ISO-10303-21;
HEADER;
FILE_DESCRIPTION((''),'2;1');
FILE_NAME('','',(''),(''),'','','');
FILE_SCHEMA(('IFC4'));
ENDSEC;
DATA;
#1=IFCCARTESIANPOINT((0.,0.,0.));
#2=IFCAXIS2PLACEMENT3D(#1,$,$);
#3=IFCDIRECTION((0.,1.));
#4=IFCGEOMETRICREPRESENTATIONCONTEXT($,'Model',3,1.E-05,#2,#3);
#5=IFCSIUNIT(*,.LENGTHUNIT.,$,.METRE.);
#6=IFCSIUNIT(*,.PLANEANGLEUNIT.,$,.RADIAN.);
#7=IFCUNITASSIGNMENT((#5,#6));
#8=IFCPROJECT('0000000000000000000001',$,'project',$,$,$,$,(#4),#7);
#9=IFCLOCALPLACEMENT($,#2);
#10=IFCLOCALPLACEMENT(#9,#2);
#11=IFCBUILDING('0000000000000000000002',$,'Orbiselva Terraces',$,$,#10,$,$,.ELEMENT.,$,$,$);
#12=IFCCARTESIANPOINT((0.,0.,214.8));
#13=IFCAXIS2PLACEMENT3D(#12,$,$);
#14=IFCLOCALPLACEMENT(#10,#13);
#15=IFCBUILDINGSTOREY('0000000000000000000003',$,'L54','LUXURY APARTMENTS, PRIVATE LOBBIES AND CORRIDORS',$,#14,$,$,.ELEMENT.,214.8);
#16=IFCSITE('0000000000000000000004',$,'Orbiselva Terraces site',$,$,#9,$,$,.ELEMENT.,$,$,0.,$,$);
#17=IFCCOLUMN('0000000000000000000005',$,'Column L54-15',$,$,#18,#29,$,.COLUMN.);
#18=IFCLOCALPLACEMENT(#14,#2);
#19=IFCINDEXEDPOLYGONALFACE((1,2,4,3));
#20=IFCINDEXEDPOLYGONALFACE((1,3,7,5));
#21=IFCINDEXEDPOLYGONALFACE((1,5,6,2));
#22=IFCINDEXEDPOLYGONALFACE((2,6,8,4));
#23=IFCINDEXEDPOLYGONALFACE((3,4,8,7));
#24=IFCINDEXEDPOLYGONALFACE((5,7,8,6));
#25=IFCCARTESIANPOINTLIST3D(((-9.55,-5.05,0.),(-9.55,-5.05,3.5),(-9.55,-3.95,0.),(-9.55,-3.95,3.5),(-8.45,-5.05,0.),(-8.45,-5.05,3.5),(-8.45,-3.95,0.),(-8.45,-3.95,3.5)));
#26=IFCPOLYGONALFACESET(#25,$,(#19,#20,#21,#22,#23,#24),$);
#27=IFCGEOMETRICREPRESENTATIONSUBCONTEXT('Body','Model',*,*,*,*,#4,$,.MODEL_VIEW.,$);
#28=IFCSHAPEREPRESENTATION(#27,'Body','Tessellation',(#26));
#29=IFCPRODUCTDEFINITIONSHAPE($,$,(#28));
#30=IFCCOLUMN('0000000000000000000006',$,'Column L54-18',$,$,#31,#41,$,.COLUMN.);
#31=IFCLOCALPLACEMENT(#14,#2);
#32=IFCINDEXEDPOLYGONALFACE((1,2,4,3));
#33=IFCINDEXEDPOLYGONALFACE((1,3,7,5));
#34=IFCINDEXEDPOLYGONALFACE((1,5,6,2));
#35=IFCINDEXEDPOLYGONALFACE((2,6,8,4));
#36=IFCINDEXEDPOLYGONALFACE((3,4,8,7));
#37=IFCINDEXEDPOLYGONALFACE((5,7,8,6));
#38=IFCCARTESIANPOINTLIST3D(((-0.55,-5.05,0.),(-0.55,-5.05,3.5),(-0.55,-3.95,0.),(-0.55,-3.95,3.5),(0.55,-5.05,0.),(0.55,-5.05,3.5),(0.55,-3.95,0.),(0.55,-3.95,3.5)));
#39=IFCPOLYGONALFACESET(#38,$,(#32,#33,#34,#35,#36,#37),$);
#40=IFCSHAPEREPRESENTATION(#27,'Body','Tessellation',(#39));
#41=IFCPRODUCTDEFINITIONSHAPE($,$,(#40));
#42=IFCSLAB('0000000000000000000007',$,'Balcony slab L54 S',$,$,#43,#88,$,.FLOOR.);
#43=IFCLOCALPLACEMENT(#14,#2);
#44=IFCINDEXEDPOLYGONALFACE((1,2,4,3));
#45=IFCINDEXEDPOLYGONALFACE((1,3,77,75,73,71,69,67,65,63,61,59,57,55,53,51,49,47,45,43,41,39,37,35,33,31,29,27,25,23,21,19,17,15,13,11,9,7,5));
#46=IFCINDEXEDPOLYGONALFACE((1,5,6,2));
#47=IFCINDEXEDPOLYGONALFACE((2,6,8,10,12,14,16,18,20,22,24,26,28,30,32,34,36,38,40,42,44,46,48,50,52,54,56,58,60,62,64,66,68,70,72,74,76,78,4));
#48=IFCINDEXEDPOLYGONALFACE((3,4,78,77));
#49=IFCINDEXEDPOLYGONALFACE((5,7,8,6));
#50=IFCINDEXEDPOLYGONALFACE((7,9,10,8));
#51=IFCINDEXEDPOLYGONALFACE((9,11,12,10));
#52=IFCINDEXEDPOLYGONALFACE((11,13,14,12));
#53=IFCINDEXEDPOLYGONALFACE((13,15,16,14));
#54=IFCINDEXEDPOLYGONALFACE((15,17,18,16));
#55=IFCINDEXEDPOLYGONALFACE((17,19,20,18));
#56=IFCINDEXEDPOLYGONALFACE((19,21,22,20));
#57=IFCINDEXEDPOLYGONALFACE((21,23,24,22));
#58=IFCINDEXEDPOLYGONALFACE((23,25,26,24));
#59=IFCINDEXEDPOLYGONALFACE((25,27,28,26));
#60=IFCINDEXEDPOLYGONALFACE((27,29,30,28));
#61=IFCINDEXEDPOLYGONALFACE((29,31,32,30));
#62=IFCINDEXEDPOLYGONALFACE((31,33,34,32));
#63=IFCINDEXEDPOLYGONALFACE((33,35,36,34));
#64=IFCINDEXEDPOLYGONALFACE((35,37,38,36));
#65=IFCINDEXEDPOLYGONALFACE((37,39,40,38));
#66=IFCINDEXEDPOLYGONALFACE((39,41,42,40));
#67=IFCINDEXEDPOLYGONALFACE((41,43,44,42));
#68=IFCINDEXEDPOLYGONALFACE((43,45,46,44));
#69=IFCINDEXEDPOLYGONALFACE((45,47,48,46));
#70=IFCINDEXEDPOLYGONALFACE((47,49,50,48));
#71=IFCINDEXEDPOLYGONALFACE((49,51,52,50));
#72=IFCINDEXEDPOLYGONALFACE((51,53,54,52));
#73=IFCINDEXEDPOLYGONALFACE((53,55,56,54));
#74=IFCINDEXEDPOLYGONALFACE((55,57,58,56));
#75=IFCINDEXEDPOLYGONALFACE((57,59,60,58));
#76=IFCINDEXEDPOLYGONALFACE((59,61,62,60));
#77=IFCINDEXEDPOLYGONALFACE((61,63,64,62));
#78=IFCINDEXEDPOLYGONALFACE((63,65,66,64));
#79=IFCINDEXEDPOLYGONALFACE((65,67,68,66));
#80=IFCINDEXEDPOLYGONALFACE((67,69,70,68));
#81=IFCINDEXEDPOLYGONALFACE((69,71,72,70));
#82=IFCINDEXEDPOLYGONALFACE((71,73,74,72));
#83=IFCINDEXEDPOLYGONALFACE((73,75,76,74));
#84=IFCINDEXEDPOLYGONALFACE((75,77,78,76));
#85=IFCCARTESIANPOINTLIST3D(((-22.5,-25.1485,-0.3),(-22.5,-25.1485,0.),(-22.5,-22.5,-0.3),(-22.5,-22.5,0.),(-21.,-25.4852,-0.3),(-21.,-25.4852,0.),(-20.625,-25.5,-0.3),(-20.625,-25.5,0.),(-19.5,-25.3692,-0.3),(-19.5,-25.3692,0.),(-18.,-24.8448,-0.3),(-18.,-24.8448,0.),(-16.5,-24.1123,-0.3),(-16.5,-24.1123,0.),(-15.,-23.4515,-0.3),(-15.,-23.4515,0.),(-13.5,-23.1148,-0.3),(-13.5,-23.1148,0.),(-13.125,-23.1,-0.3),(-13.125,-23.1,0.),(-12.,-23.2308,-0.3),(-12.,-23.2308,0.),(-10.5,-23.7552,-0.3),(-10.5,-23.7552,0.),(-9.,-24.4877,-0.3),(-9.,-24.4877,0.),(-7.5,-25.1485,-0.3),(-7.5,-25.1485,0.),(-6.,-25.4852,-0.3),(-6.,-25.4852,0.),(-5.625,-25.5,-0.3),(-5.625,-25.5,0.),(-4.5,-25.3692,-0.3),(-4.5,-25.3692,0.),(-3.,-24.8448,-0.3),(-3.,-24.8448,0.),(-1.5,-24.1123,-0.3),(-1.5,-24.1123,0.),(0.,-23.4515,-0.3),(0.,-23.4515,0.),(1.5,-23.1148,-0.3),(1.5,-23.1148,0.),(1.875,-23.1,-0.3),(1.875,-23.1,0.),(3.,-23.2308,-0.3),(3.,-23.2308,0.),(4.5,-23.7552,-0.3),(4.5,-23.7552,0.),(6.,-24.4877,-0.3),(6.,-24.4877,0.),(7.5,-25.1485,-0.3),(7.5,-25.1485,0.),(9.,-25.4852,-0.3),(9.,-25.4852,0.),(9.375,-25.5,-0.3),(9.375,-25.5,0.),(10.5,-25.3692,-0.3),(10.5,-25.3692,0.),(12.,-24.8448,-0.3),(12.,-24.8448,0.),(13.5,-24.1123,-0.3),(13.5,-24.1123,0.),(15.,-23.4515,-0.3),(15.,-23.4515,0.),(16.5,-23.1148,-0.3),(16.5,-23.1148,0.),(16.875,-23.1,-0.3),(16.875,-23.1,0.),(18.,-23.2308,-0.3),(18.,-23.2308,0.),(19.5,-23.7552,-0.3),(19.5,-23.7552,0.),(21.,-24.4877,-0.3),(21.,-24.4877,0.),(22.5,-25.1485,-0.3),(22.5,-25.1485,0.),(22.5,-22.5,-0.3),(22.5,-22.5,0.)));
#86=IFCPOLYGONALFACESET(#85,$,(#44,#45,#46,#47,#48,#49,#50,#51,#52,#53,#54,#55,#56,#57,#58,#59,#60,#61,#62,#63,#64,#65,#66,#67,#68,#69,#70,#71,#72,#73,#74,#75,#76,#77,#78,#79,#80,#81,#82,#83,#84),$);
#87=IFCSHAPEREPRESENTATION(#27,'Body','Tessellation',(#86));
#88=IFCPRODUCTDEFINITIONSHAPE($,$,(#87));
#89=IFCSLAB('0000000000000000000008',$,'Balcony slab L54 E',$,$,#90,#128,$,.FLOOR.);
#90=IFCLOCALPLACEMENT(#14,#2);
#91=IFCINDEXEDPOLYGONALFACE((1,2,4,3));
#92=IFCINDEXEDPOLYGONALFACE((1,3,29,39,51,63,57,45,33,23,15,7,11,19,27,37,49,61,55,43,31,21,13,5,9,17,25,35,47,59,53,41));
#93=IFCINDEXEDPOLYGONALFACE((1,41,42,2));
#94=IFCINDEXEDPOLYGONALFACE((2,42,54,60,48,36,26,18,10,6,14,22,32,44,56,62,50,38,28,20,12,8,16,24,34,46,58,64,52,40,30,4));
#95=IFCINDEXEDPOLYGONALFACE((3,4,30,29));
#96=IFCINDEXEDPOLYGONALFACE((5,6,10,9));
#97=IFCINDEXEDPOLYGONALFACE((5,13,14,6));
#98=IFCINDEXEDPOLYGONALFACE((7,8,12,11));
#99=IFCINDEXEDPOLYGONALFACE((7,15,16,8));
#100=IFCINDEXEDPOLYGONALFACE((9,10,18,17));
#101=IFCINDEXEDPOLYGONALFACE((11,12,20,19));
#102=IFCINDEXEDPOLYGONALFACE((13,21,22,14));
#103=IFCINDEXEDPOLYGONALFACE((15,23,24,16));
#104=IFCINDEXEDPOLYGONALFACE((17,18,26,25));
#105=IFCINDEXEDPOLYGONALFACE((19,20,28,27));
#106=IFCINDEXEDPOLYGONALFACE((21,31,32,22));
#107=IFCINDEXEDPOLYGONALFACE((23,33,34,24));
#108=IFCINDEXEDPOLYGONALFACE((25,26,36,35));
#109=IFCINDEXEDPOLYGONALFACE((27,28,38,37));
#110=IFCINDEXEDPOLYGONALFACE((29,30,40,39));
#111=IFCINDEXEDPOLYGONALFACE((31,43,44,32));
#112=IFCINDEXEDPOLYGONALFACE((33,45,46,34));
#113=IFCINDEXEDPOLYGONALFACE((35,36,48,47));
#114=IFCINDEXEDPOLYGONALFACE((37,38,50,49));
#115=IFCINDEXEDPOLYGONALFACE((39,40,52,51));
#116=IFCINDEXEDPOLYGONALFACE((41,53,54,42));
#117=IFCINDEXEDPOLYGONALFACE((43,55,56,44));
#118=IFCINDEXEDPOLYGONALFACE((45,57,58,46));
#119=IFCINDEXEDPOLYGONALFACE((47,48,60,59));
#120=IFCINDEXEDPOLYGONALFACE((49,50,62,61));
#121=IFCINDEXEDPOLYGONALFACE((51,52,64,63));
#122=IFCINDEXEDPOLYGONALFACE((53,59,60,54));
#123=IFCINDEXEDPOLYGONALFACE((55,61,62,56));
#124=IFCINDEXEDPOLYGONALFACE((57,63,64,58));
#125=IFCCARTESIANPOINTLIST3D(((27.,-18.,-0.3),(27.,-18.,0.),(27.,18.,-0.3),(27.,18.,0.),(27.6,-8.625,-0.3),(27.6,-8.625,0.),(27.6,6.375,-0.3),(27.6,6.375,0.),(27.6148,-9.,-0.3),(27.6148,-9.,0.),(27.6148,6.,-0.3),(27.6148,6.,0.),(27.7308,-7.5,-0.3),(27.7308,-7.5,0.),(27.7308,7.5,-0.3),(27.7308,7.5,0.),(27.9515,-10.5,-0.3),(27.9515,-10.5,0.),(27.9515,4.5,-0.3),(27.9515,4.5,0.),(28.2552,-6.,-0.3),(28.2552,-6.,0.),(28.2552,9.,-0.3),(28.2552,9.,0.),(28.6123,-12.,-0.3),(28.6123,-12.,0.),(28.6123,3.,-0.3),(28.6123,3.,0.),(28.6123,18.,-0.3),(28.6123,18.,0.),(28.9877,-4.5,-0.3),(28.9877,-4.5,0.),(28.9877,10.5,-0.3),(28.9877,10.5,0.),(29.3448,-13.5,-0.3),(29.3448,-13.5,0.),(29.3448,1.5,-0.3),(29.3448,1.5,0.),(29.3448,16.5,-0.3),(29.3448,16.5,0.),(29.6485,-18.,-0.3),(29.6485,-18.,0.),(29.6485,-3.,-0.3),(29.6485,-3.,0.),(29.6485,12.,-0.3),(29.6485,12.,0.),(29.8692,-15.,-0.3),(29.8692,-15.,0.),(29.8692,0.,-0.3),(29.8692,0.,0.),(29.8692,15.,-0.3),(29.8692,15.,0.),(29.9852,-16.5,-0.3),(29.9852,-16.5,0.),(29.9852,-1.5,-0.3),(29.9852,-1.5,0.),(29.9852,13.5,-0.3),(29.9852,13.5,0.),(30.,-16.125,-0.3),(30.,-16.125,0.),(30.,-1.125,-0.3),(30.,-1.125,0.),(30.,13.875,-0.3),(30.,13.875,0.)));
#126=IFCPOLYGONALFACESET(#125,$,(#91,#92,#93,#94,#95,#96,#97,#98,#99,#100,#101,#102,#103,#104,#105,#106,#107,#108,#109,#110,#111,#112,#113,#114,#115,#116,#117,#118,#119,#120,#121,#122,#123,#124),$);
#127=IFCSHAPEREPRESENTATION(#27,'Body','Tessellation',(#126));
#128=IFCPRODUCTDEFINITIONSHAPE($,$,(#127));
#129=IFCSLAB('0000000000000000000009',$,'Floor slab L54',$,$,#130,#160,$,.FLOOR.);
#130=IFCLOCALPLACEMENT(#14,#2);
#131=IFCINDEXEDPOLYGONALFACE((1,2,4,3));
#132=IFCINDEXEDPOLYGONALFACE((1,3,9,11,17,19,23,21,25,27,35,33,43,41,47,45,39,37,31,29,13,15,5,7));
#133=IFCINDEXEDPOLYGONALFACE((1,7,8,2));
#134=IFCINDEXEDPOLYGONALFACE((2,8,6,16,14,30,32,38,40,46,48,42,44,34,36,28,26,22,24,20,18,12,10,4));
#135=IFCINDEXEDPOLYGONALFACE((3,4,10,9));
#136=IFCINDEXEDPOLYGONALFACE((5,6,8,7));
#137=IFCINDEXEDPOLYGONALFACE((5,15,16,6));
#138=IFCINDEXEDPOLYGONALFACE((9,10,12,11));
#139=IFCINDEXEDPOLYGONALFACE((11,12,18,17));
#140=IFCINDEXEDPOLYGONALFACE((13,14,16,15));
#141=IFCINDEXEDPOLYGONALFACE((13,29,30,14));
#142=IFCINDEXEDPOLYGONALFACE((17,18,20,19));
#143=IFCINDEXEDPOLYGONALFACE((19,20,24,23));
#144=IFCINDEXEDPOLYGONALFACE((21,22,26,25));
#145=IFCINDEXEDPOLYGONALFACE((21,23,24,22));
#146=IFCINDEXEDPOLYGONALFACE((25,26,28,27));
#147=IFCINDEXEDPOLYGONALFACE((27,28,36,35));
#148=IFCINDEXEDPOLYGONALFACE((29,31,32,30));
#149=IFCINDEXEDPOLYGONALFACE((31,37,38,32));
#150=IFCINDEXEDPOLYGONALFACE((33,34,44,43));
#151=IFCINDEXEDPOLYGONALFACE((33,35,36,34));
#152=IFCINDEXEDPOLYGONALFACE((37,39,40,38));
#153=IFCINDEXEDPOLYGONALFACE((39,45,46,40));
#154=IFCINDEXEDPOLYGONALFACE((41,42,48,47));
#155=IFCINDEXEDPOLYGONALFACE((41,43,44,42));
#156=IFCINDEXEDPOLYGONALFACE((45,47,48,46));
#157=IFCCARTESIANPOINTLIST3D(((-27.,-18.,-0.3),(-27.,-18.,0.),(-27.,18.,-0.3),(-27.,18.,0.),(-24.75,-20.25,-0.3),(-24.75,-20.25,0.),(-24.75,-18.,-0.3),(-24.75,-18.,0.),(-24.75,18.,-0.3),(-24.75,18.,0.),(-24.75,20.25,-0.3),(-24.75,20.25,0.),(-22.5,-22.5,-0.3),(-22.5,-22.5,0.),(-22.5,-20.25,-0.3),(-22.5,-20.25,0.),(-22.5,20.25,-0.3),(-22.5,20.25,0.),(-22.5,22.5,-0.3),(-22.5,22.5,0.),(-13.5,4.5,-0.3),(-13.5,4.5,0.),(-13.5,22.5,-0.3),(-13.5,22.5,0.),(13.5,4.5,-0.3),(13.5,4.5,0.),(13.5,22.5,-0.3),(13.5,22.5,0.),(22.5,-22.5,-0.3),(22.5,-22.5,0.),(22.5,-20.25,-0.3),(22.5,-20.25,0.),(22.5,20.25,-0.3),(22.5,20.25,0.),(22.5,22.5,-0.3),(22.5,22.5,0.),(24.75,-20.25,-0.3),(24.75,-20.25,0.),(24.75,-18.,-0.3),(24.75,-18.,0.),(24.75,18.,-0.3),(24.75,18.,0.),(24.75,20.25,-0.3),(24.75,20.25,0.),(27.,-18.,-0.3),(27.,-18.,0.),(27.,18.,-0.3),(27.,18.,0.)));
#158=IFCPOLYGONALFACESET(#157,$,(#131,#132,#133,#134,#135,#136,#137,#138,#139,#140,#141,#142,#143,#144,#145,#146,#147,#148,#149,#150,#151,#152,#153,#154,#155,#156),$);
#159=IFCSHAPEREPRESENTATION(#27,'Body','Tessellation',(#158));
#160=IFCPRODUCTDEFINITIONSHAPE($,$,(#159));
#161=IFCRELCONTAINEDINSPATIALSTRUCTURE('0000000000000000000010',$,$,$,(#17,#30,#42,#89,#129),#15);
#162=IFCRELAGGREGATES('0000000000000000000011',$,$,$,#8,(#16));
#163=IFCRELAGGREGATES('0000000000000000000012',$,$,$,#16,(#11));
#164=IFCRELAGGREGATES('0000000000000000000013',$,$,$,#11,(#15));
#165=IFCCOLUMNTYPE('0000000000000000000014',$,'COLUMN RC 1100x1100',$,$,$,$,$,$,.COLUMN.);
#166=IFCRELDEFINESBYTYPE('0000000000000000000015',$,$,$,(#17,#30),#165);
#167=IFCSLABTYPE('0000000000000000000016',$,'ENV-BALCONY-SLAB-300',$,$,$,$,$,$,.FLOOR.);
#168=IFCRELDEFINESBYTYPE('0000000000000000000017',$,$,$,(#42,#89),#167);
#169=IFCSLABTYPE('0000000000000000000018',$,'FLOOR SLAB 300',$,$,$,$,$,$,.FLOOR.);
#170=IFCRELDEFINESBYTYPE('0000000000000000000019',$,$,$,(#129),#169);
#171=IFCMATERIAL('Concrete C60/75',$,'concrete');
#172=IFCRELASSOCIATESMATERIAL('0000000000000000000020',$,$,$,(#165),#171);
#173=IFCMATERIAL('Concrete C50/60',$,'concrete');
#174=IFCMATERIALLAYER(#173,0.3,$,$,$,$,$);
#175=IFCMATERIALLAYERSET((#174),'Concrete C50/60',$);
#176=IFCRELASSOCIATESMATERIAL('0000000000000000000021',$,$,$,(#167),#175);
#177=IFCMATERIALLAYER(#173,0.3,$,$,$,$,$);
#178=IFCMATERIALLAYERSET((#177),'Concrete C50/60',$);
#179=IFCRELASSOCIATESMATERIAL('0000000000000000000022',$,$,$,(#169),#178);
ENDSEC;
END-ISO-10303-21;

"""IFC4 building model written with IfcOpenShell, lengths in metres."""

from ifc_helpers import new_model, si_unit, direction, frame, origin, origin_2d, place, context, subcontext, project, spatial, polyline, rectangle, outline, extrude, material, layer, layer_set, material_profile, profile_set, type_object, element, save


model = new_model("IFC4")

# Units and contexts
model_context = context("Model", 3, precision=1e-05, world=origin(), true_north=direction((0.0, 1.0)))
body_context = subcontext(model_context, "Body", "Model", "MODEL_VIEW")
ifc_project = project(units=[si_unit("LENGTHUNIT", "METRE"), si_unit("PLANEANGLEUNIT", "RADIAN")], contexts=[model_context])

# Site, building, storey
site_placement = place(None, origin())
site = spatial("IfcSite", under=ifc_project, at=site_placement, Name="Orbiselva Terraces site", CompositionType="ELEMENT", RefElevation=0.0)
building_placement = place(site_placement, origin())
building = spatial("IfcBuilding", under=site, at=building_placement, Name="Orbiselva Terraces", CompositionType="ELEMENT")
storey_placement = place(building_placement, frame((0.0, 0.0, 214.8)))
storey = spatial("IfcBuildingStorey", under=building, at=storey_placement, Name="L54", Description="LUXURY APARTMENTS, PRIVATE LOBBIES AND CORRIDORS", CompositionType="ELEMENT", Elevation=214.8)

# Columns
ifc_material_1 = material(Name="Concrete C60/75", Category="concrete")
ifc_material_profile = material_profile(ifc_material_1, rectangle(XDim=1.1, YDim=1.1, at=origin_2d()), Name="RC 1100x1100")
ifc_profile_set = profile_set([ifc_material_profile], Name="Concrete C60/75")
column_type = type_object("IfcColumnType", Name="COLUMN RC 1100x1100", PredefinedType="COLUMN", material=ifc_profile_set)
for number, where, z_axis, x_axis, name in (
    (1, (-9.0, -4.5, 0.0), (0.0, 0.0, 1.0), (1.0, 0.0, 0.0), "Column L54-15"),
    (2, (0.0, -4.5, 0.0), (0.0, 0.0, 1.0), (1.0, 0.0, 0.0), "Column L54-18"),
):
    element("IfcColumn", number, at=place(storey_placement, frame(where, z_axis=z_axis, x_axis=x_axis)), inside=storey, type_object=column_type, Name=name, PredefinedType="COLUMN", context=body_context, shape_type="SweptSolid", body=[
        extrude(rectangle(XDim=1.1, YDim=1.1, at=origin_2d()), origin(), (0.0, 0.0, 1.0), 3.5),
    ])

# Slabs
ifc_material_2 = material(Name="Concrete C50/60", Category="concrete")
ifc_layer_1 = layer(ifc_material_2, 0.3)
ifc_layer_set_1 = layer_set([ifc_layer_1], Name="Concrete C50/60")
slab_type_1 = type_object("IfcSlabType", Name="ENV-BALCONY-SLAB-300", PredefinedType="FLOOR", material=ifc_layer_set_1)
slab_1_placement = place(storey_placement, frame((0.0, 0.0, -0.3)))
element("IfcSlab", 3, at=slab_1_placement, inside=storey, type_object=slab_type_1, Name="Balcony slab L54 S", PredefinedType="FLOOR", context=body_context, shape_type="SweptSolid", body=[
    extrude(outline(polyline([(-22.5, -25.1485), (-21.0, -25.4852), (-20.625, -25.5), (-19.5, -25.3692), (-18.0, -24.8448), (-16.5, -24.1123), (-15.0, -23.4515), (-13.5, -23.1148), (-13.125, -23.1), (-12.0, -23.2308), (-10.5, -23.7552), (-9.0, -24.4877), (-7.5, -25.1485), (-6.0, -25.4852), (-5.625, -25.5), (-4.5, -25.3692), (-3.0, -24.8448), (-1.5, -24.1123), (0.0, -23.4515), (1.5, -23.1148), (1.875, -23.1), (3.0, -23.2308), (4.5, -23.7552), (6.0, -24.4877), (7.5, -25.1485), (9.0, -25.4852), (9.375, -25.5), (10.5, -25.3692), (12.0, -24.8448), (13.5, -24.1123), (15.0, -23.4515), (16.5, -23.1148), (16.875, -23.1), (18.0, -23.2308), (19.5, -23.7552), (21.0, -24.4877), (22.5, -25.1485), (22.5, -22.5), (-22.5, -22.5), (-22.5, -25.1485)])), origin(), (0.0, 0.0, 1.0), 0.3),
])
slab_2_placement = place(storey_placement, frame((0.0, 0.0, -0.3)))
element("IfcSlab", 4, at=slab_2_placement, inside=storey, type_object=slab_type_1, Name="Balcony slab L54 E", PredefinedType="FLOOR", context=body_context, shape_type="SweptSolid", body=[
    extrude(outline(polyline([(29.6485, -18.0), (29.9852, -16.5), (30.0, -16.125), (29.8692, -15.0), (29.3448, -13.5), (28.6123, -12.0), (27.9515, -10.5), (27.6148, -9.0), (27.6, -8.625), (27.7308, -7.5), (28.2552, -6.0), (28.9877, -4.5), (29.6485, -3.0), (29.9852, -1.5), (30.0, -1.125), (29.8692, 0.0), (29.3448, 1.5), (28.6123, 3.0), (27.9515, 4.5), (27.6148, 6.0), (27.6, 6.375), (27.7308, 7.5), (28.2552, 9.0), (28.9877, 10.5), (29.6485, 12.0), (29.9852, 13.5), (30.0, 13.875), (29.8692, 15.0), (29.3448, 16.5), (28.6123, 18.0), (27.0, 18.0), (27.0, -18.0), (29.6485, -18.0)])), origin(), (0.0, 0.0, 1.0), 0.3),
])
ifc_layer_2 = layer(ifc_material_2, 0.3)
ifc_layer_set_2 = layer_set([ifc_layer_2], Name="Concrete C50/60")
slab_type_2 = type_object("IfcSlabType", Name="FLOOR SLAB 300", PredefinedType="FLOOR", material=ifc_layer_set_2)
slab_3_placement = place(storey_placement, frame((0.0, 0.0, -0.3)))
element("IfcSlab", 5, at=slab_3_placement, inside=storey, type_object=slab_type_2, Name="Floor slab L54", PredefinedType="FLOOR", context=body_context, shape_type="SweptSolid", body=[
    extrude(outline(polyline([(22.5, 22.5), (22.5, 20.25), (24.75, 20.25), (24.75, 18.0), (27.0, 18.0), (27.0, -18.0), (24.75, -18.0), (24.75, -20.25), (22.5, -20.25), (22.5, -22.5), (-22.5, -22.5), (-22.5, -20.25), (-24.75, -20.25), (-24.75, -18.0), (-27.0, -18.0), (-27.0, 18.0), (-24.75, 18.0), (-24.75, 20.25), (-22.5, 20.25), (-22.5, 22.5), (-13.5, 22.5), (-13.5, 4.5), (13.5, 4.5), (13.5, 22.5), (22.5, 22.5)])), origin(), (0.0, 0.0, 1.0), 0.3),
])

save(model, "model.ifc")
